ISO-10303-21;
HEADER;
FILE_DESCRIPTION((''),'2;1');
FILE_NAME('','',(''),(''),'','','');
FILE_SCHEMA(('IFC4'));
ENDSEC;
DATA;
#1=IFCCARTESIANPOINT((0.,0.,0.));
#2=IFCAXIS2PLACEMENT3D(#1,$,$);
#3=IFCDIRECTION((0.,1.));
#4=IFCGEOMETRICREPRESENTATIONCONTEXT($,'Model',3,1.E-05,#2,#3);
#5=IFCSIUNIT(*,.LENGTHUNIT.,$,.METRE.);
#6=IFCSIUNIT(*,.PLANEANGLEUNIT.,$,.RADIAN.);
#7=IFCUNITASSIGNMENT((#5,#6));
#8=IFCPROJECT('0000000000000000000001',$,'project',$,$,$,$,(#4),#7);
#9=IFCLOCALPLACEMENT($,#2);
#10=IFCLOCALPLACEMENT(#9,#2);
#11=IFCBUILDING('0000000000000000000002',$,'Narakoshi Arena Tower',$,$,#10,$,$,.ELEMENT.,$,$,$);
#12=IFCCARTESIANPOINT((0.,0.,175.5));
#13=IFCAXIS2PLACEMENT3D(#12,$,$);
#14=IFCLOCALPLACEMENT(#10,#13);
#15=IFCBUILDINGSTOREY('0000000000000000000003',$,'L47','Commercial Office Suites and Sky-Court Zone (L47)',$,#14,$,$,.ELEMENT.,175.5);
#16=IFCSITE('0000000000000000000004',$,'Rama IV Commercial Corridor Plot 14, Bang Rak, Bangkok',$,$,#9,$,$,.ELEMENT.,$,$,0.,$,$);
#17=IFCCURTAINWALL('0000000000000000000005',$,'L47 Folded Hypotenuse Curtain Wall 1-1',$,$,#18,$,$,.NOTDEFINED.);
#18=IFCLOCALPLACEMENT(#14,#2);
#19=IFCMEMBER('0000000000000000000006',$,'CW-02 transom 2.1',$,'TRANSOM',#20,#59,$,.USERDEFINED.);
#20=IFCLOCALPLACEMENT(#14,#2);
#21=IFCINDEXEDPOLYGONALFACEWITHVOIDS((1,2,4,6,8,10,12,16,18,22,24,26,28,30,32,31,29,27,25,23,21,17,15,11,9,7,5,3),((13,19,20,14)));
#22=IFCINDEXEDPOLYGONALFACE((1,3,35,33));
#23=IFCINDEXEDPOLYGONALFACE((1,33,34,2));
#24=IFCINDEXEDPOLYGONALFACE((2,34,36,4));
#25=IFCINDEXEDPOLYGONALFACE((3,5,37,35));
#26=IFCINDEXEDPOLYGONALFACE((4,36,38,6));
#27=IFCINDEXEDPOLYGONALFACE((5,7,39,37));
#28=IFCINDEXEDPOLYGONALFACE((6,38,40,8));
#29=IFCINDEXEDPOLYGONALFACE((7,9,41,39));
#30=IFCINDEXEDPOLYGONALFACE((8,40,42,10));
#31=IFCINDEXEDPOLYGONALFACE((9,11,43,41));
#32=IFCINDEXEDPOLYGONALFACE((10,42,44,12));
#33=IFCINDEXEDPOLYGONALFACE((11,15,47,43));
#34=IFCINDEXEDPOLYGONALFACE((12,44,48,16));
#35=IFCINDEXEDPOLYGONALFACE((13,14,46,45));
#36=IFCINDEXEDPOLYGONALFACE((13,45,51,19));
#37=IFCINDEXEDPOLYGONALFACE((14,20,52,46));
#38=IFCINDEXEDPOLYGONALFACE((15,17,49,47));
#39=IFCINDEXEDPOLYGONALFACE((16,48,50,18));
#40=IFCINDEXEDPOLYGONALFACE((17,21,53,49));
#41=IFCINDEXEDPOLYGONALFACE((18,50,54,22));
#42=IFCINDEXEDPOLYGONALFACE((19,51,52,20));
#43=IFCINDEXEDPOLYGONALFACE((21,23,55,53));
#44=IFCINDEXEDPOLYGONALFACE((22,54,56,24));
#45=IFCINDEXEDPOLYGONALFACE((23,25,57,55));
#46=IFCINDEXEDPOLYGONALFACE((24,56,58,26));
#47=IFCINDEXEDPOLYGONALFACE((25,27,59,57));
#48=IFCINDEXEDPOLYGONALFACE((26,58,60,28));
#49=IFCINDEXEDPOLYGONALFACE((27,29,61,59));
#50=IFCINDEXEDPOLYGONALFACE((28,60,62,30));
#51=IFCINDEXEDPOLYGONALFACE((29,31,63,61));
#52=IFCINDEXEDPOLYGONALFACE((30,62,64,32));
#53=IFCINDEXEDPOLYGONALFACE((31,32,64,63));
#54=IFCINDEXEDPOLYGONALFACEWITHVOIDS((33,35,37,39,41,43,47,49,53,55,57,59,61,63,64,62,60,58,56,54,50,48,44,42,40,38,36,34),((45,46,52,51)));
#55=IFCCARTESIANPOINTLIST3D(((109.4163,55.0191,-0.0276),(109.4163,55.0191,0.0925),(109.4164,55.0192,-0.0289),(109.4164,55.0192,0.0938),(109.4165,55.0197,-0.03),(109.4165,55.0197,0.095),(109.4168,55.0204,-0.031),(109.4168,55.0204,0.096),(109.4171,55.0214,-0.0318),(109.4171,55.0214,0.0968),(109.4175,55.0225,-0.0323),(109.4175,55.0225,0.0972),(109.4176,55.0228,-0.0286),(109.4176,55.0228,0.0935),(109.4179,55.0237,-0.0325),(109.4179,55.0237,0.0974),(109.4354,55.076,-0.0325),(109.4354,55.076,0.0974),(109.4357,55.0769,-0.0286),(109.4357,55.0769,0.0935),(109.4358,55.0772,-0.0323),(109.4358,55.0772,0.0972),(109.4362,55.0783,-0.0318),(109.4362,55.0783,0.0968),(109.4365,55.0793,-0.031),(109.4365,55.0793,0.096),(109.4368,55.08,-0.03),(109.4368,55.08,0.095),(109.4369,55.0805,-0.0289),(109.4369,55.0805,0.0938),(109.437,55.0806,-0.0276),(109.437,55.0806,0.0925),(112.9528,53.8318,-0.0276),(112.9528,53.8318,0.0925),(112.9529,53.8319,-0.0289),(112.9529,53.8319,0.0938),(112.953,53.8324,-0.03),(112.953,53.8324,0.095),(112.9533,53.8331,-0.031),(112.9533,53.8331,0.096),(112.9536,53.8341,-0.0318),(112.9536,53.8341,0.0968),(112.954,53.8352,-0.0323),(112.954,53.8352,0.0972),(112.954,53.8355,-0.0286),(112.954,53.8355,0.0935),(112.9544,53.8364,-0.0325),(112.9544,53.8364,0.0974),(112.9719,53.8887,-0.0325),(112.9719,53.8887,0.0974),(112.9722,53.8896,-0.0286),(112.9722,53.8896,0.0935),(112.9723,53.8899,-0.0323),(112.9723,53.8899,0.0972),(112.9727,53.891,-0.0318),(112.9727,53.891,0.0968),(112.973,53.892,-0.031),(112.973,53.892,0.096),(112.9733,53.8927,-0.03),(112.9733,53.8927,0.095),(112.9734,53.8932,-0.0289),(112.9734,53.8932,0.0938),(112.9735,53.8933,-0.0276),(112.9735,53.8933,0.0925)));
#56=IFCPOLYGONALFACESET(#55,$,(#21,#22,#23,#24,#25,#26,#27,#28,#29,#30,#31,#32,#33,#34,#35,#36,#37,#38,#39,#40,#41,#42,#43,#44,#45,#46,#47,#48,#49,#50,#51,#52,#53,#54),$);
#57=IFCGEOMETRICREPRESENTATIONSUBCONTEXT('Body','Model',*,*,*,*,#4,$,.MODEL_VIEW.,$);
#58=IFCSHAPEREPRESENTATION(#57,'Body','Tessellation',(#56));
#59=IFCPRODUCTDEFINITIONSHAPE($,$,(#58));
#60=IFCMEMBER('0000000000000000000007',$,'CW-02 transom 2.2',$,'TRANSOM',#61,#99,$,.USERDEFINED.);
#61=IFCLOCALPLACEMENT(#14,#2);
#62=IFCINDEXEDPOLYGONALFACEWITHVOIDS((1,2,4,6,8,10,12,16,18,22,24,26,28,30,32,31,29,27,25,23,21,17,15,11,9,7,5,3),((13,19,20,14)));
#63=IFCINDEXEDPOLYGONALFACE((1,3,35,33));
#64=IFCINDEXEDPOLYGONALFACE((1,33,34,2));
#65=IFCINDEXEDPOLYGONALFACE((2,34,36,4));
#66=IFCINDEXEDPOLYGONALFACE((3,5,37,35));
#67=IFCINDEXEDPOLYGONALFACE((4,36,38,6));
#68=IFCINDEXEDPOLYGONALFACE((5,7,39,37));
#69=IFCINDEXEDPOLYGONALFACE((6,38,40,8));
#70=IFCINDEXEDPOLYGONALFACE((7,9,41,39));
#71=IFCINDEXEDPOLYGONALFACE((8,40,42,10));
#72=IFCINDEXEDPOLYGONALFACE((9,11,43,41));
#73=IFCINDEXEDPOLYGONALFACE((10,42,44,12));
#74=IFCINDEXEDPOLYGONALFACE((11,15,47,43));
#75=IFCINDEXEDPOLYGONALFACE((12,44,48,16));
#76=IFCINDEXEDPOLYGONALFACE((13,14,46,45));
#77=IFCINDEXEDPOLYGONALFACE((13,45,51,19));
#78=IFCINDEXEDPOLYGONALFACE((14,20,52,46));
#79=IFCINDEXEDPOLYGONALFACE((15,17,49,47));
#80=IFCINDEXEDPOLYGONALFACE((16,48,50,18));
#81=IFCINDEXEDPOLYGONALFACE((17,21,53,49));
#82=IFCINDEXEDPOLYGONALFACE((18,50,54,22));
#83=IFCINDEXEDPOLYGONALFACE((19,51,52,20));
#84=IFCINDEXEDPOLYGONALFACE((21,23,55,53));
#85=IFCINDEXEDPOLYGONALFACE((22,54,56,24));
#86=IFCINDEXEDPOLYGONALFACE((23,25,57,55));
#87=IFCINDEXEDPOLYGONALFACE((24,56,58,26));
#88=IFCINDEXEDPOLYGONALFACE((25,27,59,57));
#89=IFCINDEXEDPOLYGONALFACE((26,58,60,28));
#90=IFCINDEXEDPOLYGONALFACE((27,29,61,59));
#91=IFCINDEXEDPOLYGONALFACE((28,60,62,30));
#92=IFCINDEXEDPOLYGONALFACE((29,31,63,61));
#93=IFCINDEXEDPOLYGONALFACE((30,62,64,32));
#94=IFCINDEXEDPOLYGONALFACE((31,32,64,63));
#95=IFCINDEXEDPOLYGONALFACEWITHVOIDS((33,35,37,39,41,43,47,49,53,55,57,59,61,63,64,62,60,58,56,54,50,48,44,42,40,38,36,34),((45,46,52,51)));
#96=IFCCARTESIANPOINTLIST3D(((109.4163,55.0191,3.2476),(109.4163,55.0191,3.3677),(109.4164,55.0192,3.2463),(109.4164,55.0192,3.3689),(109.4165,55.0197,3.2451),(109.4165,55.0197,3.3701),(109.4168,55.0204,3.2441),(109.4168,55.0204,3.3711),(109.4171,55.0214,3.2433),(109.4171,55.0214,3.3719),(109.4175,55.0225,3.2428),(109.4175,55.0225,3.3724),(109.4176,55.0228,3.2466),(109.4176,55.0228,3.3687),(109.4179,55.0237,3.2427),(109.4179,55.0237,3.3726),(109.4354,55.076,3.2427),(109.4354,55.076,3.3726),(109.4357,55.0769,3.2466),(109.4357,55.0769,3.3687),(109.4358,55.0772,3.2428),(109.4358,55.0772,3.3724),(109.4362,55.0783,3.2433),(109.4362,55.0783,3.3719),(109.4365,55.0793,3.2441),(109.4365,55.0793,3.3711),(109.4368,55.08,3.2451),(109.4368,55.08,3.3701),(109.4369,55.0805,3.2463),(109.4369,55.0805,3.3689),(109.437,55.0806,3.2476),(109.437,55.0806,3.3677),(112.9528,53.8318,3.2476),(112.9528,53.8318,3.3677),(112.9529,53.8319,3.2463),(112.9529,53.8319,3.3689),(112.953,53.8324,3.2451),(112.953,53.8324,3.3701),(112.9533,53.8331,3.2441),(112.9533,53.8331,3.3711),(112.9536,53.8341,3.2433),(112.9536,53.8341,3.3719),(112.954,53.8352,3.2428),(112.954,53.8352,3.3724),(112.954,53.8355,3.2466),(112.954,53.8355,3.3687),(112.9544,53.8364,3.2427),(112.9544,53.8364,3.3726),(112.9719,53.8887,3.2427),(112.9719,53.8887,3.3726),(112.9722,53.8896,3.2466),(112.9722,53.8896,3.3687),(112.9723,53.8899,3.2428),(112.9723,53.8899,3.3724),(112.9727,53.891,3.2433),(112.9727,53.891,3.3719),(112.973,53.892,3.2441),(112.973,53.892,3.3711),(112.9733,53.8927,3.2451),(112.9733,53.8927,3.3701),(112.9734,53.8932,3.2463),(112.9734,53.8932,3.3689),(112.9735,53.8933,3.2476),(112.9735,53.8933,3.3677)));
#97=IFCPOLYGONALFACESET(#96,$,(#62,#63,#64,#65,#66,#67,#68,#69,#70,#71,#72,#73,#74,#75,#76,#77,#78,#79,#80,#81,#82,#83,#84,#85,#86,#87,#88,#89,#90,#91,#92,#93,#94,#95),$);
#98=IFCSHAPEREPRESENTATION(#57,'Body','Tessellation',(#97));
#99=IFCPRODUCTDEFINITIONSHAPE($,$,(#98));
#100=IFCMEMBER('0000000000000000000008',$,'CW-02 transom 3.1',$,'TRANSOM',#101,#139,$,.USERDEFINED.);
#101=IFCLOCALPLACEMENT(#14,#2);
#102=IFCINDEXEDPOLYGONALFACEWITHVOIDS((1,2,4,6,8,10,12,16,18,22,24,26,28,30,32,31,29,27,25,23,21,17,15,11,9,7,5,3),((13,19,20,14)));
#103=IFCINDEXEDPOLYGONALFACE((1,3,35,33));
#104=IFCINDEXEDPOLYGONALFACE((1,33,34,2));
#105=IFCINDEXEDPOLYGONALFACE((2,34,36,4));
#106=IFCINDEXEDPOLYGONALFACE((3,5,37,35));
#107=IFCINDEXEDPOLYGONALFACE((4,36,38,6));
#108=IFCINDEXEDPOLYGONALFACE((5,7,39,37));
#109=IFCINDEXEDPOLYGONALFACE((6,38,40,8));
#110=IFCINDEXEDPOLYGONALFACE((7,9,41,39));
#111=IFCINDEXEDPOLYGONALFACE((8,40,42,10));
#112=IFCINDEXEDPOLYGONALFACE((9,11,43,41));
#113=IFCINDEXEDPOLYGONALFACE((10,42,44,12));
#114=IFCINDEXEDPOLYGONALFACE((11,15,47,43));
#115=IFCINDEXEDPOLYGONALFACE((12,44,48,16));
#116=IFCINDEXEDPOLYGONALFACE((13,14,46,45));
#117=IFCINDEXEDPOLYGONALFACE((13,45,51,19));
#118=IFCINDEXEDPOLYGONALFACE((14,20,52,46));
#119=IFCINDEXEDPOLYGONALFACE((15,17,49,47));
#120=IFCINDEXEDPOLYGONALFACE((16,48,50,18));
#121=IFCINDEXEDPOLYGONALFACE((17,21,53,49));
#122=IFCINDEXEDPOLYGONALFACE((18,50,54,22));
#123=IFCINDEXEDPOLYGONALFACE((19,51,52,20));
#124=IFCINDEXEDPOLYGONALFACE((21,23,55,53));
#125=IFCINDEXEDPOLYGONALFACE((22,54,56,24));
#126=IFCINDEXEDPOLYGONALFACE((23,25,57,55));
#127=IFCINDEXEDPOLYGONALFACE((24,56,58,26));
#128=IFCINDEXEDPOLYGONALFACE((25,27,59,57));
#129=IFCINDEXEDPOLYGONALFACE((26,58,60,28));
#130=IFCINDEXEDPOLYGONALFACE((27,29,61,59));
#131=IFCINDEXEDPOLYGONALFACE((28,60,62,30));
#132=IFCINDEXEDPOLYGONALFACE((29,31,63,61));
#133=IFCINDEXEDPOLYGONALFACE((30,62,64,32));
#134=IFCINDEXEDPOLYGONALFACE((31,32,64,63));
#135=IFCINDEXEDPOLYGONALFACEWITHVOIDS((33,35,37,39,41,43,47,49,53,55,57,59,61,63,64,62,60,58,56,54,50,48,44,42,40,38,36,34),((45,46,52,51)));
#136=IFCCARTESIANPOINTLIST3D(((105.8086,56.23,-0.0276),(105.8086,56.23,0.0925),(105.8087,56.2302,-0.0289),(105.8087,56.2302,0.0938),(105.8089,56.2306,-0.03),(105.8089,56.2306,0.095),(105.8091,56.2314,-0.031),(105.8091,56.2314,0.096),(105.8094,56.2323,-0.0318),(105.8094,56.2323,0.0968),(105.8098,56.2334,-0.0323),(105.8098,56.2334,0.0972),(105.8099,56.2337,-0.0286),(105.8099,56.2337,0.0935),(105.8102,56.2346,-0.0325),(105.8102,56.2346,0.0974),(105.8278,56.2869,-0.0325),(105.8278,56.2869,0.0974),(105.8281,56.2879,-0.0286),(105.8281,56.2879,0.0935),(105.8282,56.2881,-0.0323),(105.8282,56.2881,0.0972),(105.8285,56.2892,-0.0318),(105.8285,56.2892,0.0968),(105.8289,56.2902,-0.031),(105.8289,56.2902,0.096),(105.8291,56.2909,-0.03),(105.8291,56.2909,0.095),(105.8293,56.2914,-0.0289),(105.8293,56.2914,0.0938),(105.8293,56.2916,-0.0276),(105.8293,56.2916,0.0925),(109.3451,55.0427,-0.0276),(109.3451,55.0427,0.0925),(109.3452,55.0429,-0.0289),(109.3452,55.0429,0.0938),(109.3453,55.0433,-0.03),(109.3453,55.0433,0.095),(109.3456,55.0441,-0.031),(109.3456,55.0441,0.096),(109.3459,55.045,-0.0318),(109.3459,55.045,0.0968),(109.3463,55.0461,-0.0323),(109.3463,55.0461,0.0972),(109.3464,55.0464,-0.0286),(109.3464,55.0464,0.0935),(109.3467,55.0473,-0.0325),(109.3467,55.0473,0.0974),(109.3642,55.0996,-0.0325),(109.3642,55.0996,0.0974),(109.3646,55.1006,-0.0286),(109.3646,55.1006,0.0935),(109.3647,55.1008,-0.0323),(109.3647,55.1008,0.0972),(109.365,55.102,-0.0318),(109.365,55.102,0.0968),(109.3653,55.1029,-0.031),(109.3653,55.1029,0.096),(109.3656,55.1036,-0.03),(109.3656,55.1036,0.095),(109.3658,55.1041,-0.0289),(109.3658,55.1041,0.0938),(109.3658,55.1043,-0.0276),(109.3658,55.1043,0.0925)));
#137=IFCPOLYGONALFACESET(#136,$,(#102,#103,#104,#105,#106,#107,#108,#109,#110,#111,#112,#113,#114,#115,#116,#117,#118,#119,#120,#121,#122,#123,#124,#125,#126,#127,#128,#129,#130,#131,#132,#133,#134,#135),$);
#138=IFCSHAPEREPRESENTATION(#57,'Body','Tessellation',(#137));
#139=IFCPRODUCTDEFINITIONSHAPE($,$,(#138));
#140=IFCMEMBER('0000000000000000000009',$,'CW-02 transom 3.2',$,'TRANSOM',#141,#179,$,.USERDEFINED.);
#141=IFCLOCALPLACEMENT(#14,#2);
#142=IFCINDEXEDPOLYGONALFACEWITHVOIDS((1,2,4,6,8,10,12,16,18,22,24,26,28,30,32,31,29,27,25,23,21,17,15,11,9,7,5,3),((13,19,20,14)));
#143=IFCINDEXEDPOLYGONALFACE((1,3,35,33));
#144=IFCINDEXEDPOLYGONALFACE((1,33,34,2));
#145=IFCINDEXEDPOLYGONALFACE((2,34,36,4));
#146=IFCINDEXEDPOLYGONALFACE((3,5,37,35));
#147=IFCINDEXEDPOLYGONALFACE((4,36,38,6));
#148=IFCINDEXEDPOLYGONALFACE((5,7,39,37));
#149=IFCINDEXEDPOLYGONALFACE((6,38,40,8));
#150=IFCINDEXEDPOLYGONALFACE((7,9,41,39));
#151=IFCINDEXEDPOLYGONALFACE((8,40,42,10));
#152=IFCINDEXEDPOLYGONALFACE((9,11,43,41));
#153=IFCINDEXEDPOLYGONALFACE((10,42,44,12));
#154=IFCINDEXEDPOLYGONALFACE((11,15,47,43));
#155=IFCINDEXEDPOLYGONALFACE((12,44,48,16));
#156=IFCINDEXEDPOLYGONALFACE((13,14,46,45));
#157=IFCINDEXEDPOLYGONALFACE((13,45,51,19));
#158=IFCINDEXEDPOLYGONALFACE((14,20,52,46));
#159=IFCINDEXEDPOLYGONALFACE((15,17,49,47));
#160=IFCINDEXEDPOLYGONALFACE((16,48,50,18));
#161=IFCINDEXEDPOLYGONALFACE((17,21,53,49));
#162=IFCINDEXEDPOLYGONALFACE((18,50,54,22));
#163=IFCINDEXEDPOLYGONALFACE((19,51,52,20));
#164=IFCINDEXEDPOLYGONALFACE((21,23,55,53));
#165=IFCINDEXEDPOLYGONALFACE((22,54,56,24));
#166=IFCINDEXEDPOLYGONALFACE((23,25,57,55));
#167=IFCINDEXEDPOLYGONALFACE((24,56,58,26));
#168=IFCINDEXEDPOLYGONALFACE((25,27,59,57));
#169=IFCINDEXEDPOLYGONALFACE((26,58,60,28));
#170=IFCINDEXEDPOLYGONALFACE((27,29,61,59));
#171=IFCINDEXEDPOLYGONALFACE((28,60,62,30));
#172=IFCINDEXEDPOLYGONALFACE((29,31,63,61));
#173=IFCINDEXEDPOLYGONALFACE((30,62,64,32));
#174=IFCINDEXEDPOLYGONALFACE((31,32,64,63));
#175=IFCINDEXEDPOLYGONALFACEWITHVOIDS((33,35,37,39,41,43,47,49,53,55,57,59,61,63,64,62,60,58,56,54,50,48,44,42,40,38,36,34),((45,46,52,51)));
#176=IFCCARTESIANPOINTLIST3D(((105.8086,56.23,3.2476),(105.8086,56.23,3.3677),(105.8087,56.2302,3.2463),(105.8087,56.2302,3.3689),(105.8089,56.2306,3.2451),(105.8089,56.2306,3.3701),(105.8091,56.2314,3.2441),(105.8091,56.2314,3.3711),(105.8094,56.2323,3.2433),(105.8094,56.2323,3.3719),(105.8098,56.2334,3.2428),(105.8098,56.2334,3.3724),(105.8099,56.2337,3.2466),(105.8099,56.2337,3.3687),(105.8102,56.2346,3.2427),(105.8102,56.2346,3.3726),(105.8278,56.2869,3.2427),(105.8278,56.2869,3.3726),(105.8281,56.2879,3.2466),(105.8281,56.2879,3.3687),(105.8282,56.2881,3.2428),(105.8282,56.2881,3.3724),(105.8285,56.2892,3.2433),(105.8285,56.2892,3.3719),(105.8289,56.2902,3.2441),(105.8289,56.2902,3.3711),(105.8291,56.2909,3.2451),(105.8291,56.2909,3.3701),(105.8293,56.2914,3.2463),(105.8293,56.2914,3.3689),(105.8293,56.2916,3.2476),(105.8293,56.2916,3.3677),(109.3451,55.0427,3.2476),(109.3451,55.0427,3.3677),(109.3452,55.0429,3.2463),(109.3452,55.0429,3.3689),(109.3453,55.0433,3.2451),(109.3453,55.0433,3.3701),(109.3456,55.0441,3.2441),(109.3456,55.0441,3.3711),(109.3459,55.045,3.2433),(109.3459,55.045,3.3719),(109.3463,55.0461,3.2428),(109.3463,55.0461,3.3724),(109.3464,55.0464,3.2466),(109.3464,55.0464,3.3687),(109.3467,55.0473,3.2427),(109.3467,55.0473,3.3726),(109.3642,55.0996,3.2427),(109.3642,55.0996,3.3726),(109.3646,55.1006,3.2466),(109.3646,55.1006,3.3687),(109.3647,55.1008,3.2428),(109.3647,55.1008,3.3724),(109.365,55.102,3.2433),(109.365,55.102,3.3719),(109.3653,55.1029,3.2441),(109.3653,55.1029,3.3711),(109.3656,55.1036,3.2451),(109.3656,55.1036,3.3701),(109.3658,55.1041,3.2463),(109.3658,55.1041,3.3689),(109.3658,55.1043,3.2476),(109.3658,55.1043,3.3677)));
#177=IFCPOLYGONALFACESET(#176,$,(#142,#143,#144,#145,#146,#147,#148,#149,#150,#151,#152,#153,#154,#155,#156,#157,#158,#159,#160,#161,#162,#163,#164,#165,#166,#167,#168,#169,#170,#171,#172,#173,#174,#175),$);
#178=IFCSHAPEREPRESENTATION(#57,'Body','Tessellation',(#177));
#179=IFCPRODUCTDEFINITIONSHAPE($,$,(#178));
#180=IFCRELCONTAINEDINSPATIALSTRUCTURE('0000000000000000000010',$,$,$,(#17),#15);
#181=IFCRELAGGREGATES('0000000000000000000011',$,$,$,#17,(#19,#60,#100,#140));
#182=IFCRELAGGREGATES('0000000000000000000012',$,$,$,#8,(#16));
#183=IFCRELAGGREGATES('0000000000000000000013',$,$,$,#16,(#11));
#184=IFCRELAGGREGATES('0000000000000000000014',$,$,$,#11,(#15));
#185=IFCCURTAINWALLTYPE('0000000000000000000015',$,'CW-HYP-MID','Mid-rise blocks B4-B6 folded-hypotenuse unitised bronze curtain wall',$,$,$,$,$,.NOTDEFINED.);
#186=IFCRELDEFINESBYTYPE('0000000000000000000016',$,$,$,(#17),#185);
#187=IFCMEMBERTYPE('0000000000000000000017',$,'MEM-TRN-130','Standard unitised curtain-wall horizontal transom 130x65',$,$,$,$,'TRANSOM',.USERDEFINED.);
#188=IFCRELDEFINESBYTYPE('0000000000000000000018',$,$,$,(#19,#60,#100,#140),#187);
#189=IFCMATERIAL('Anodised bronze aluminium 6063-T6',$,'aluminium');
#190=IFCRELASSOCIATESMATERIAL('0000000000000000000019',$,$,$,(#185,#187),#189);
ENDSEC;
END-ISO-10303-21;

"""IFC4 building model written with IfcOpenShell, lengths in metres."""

from ifc_helpers import new_model, si_unit, direction, frame, origin, origin_2d, place, context, subcontext, project, spatial, hollow_rectangle, extrude, material, material_profile, profile_set, type_object, element, aggregate, save


model = new_model("IFC4")

# Units and contexts
model_context = context("Model", 3, precision=1e-05, world=origin(), true_north=direction((0.0, 1.0)))
body_context = subcontext(model_context, "Body", "Model", "MODEL_VIEW")
ifc_project = project(units=[si_unit("LENGTHUNIT", "METRE"), si_unit("PLANEANGLEUNIT", "RADIAN")], contexts=[model_context])

# Site, building, storey
site_placement = place(None, origin())
site = spatial("IfcSite", under=ifc_project, at=site_placement, Name="Rama IV Commercial Corridor Plot 14, Bang Rak, Bangkok", CompositionType="ELEMENT", RefElevation=0.0)
building_placement = place(site_placement, origin())
building = spatial("IfcBuilding", under=site, at=building_placement, Name="Narakoshi Arena Tower", CompositionType="ELEMENT")
storey_placement = place(building_placement, frame((0.0, 0.0, 175.5)))
storey = spatial("IfcBuildingStorey", under=building, at=storey_placement, Name="L47", Description="Commercial Office Suites and Sky-Court Zone (L47)", CompositionType="ELEMENT", Elevation=175.5)

# Curtain wall, members
ifc_material_1 = material(Name="Anodised bronze aluminium 6063-T6", Category="aluminium")
curtain_wall_type = type_object("IfcCurtainWallType", Name="CW-HYP-MID", Description="Mid-rise blocks B4-B6 folded-hypotenuse unitised bronze curtain wall", PredefinedType="NOTDEFINED", material=ifc_material_1)
curtain_wall_placement = place(storey_placement, origin())
curtain_wall = element("IfcCurtainWall", 1, at=curtain_wall_placement, inside=storey, type_object=curtain_wall_type, Name="L47 Folded Hypotenuse Curtain Wall 1-1", PredefinedType="NOTDEFINED")
ifc_material_profile_1 = material_profile(ifc_material_1, hollow_rectangle(XDim=0.0649, YDim=0.1299, WallThickness=0.0039, OuterFilletRadius=0.0049, at=origin_2d()), Name="TRN130x65x4")
ifc_profile_set_1 = profile_set([ifc_material_profile_1], Name="Anodised bronze aluminium 6063-T6")
member_type_1 = type_object("IfcMemberType", Name="MEM-TRN-130", Description="Standard unitised curtain-wall horizontal transom 130x65", ElementType="TRANSOM", PredefinedType="USERDEFINED", material=ifc_profile_set_1)
member_1_placement = place(storey_placement, frame((112.9631, 53.8625, 0.0325), z_axis=(-0.948, 0.318269, 0.0), x_axis=(-0.318269, -0.948, 0.0)))
member_1 = element("IfcMember", 2, at=member_1_placement, type_object=member_type_1, Name="CW-02 transom 2.1", ObjectType="TRANSOM", PredefinedType="USERDEFINED", context=body_context, shape_type="SweptSolid", body=[
    extrude(hollow_rectangle(XDim=0.0649, YDim=0.1299, WallThickness=0.0039, OuterFilletRadius=0.0049, at=origin_2d()), origin(), (0.0, 0.0, 1.0), 3.7305),
])
member_2_placement = place(storey_placement, frame((112.9631, 53.8625, 3.3076), z_axis=(-0.948, 0.318269, 0.0), x_axis=(-0.318269, -0.948, 0.0)))
member_2 = element("IfcMember", 3, at=member_2_placement, type_object=member_type_1, Name="CW-02 transom 2.2", ObjectType="TRANSOM", PredefinedType="USERDEFINED", context=body_context, shape_type="SweptSolid", body=[
    extrude(hollow_rectangle(XDim=0.0649, YDim=0.1299, WallThickness=0.0039, OuterFilletRadius=0.0049, at=origin_2d()), origin(), (0.0, 0.0, 1.0), 3.7305),
])
member_3_placement = place(storey_placement, frame((109.3555, 55.0735, 0.0325), z_axis=(-0.948, 0.318269, 0.0), x_axis=(-0.318269, -0.948, 0.0)))
member_3 = element("IfcMember", 4, at=member_3_placement, type_object=member_type_1, Name="CW-02 transom 3.1", ObjectType="TRANSOM", PredefinedType="USERDEFINED", context=body_context, shape_type="SweptSolid", body=[
    extrude(hollow_rectangle(XDim=0.0649, YDim=0.1299, WallThickness=0.0039, OuterFilletRadius=0.0049, at=origin_2d()), origin(), (0.0, 0.0, 1.0), 3.7305),
])
member_4_placement = place(storey_placement, frame((109.3555, 55.0735, 3.3076), z_axis=(-0.948, 0.318269, 0.0), x_axis=(-0.318269, -0.948, 0.0)))
member_4 = element("IfcMember", 5, at=member_4_placement, type_object=member_type_1, Name="CW-02 transom 3.2", ObjectType="TRANSOM", PredefinedType="USERDEFINED", context=body_context, shape_type="SweptSolid", body=[
    extrude(hollow_rectangle(XDim=0.0649, YDim=0.1299, WallThickness=0.0039, OuterFilletRadius=0.0049, at=origin_2d()), origin(), (0.0, 0.0, 1.0), 3.7305),
])
aggregate(curtain_wall, [member_1, member_2, member_3, member_4])

save(model, "model.ifc")
